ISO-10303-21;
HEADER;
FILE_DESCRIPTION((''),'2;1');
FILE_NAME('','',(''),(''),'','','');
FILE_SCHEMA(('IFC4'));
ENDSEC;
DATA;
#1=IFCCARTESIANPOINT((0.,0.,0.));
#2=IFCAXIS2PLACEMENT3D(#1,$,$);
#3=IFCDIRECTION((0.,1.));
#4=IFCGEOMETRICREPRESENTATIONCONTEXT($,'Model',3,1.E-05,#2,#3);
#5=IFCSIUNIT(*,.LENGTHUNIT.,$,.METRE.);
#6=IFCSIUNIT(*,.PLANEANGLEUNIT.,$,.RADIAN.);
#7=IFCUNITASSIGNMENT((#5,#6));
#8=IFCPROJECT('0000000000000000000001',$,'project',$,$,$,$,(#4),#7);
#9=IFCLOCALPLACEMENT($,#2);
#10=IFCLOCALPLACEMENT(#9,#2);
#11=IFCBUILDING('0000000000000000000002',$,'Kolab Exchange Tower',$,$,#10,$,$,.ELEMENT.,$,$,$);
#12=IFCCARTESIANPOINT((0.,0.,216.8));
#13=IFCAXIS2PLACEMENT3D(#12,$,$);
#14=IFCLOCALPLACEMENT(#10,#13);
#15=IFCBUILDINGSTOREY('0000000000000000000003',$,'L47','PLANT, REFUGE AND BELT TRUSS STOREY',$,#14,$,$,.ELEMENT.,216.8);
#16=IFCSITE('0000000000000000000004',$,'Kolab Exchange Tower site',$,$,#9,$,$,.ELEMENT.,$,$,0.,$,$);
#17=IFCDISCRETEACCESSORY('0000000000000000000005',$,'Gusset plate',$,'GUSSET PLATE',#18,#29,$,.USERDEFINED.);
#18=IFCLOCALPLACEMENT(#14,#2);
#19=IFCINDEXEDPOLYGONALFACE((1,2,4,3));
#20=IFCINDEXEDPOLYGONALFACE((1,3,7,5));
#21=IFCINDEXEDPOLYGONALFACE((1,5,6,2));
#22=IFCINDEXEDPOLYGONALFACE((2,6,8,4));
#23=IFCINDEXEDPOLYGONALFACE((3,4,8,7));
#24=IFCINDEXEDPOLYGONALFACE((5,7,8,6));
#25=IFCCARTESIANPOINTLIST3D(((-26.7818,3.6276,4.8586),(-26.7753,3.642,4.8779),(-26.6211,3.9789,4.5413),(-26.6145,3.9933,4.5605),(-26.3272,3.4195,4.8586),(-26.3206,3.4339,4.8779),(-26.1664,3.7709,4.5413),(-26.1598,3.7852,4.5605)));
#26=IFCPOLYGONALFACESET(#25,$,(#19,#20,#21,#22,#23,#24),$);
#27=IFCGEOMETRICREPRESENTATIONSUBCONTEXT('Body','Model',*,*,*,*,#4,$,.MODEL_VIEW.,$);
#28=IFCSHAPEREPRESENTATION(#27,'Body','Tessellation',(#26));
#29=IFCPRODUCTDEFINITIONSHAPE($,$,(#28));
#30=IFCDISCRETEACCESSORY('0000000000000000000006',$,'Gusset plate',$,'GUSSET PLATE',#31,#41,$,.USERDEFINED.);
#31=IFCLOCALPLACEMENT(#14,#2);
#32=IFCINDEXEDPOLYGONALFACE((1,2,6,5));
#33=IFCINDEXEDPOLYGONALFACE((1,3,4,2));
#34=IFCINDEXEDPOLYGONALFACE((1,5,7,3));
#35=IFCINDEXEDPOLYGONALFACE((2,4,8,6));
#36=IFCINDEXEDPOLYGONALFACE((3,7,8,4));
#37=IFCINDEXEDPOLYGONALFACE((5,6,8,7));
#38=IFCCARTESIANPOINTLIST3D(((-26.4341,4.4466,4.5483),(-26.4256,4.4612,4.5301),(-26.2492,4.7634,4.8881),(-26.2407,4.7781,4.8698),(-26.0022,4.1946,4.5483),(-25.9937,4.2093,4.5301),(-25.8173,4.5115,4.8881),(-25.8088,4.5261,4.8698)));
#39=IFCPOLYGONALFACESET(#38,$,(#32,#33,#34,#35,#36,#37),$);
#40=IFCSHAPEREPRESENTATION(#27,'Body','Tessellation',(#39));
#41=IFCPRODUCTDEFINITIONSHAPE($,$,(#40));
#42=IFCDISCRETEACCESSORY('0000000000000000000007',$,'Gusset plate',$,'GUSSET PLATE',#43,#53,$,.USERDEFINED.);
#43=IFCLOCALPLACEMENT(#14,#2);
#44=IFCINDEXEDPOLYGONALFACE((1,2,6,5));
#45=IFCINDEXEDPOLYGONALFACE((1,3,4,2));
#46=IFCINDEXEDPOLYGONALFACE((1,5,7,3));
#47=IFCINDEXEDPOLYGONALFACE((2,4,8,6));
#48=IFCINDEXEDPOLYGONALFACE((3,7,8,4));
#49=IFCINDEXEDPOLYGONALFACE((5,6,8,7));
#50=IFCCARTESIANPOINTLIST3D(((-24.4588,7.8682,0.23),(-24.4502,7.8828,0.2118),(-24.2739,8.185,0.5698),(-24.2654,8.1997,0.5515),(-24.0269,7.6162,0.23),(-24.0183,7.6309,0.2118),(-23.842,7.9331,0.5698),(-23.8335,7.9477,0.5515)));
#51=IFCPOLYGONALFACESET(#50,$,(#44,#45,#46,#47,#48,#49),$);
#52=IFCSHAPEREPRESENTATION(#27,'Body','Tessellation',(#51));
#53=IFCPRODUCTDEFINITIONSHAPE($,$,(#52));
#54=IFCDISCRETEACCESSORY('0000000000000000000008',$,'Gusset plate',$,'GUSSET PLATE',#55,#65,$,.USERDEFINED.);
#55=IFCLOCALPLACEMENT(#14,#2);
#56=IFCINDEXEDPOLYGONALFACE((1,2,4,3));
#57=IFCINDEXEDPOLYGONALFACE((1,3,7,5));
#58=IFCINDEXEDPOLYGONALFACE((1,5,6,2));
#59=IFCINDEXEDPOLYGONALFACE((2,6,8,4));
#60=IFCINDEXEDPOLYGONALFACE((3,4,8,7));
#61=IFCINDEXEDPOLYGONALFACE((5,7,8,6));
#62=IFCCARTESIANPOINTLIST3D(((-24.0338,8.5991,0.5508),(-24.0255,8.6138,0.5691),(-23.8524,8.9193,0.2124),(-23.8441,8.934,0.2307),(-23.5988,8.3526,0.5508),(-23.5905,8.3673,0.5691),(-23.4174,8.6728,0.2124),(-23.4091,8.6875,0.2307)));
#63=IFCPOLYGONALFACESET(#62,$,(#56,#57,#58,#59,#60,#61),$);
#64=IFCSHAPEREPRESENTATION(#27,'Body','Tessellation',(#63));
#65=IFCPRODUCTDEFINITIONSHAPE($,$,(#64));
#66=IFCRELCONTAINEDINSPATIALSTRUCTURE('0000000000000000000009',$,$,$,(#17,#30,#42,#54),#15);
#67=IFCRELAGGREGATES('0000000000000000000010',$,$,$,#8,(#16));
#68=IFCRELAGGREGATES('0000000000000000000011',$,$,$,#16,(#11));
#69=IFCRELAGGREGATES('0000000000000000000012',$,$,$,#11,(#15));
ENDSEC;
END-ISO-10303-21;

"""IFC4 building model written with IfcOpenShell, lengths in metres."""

from ifc_helpers import new_model, si_unit, direction, frame, origin, origin_2d, place, context, subcontext, project, spatial, rectangle, extrude, element, save


model = new_model("IFC4")

# Units and contexts
model_context = context("Model", 3, precision=1e-05, world=origin(), true_north=direction((0.0, 1.0)))
body_context = subcontext(model_context, "Body", "Model", "MODEL_VIEW")
ifc_project = project(units=[si_unit("LENGTHUNIT", "METRE"), si_unit("PLANEANGLEUNIT", "RADIAN")], contexts=[model_context])

# Site, building, storey
site_placement = place(None, origin())
site = spatial("IfcSite", under=ifc_project, at=site_placement, Name="Kolab Exchange Tower site", CompositionType="ELEMENT", RefElevation=0.0)
building_placement = place(site_placement, origin())
building = spatial("IfcBuilding", under=site, at=building_placement, Name="Kolab Exchange Tower", CompositionType="ELEMENT")
storey_placement = place(building_placement, frame((0.0, 0.0, 216.8)))
storey = spatial("IfcBuildingStorey", under=building, at=storey_placement, Name="L47", Description="PLANT, REFUGE AND BELT TRUSS STOREY", CompositionType="ELEMENT", Elevation=216.8)

# Discrete accessories
for number, where, z_axis, x_axis, name in (
    (1, (-26.4741, 3.6992, 4.7), (0.26411, 0.577129, 0.772766), (-0.909308, 0.416124, 0.0), "Gusset plate"),
    (2, (-26.1172, 4.4937, 4.7), (-0.342381, -0.586939, 0.733674), (0.863779, -0.503871, 0.0), "Gusset plate"),
    (3, (-24.1504, 7.9006, 0.3999), (0.342381, 0.586939, -0.733674), (-0.863779, 0.503871, 0.0), "Gusset plate"),
    (4, (-23.7173, 8.6506, 0.3999), (-0.333702, -0.588887, -0.736108), (0.870022, -0.493013, 0.0), "Gusset plate"),
):
    element("IfcDiscreteAccessory", number, at=place(storey_placement, frame(where, z_axis=z_axis, x_axis=x_axis)), inside=storey, Name=name, ObjectType="GUSSET PLATE", PredefinedType="USERDEFINED", context=body_context, shape_type="SweptSolid", body=[
        extrude(rectangle(XDim=0.5, YDim=0.5, at=origin_2d()), origin(), (0.0, 0.0, 1.0), 0.0249),
    ])

save(model, "model.ifc")
